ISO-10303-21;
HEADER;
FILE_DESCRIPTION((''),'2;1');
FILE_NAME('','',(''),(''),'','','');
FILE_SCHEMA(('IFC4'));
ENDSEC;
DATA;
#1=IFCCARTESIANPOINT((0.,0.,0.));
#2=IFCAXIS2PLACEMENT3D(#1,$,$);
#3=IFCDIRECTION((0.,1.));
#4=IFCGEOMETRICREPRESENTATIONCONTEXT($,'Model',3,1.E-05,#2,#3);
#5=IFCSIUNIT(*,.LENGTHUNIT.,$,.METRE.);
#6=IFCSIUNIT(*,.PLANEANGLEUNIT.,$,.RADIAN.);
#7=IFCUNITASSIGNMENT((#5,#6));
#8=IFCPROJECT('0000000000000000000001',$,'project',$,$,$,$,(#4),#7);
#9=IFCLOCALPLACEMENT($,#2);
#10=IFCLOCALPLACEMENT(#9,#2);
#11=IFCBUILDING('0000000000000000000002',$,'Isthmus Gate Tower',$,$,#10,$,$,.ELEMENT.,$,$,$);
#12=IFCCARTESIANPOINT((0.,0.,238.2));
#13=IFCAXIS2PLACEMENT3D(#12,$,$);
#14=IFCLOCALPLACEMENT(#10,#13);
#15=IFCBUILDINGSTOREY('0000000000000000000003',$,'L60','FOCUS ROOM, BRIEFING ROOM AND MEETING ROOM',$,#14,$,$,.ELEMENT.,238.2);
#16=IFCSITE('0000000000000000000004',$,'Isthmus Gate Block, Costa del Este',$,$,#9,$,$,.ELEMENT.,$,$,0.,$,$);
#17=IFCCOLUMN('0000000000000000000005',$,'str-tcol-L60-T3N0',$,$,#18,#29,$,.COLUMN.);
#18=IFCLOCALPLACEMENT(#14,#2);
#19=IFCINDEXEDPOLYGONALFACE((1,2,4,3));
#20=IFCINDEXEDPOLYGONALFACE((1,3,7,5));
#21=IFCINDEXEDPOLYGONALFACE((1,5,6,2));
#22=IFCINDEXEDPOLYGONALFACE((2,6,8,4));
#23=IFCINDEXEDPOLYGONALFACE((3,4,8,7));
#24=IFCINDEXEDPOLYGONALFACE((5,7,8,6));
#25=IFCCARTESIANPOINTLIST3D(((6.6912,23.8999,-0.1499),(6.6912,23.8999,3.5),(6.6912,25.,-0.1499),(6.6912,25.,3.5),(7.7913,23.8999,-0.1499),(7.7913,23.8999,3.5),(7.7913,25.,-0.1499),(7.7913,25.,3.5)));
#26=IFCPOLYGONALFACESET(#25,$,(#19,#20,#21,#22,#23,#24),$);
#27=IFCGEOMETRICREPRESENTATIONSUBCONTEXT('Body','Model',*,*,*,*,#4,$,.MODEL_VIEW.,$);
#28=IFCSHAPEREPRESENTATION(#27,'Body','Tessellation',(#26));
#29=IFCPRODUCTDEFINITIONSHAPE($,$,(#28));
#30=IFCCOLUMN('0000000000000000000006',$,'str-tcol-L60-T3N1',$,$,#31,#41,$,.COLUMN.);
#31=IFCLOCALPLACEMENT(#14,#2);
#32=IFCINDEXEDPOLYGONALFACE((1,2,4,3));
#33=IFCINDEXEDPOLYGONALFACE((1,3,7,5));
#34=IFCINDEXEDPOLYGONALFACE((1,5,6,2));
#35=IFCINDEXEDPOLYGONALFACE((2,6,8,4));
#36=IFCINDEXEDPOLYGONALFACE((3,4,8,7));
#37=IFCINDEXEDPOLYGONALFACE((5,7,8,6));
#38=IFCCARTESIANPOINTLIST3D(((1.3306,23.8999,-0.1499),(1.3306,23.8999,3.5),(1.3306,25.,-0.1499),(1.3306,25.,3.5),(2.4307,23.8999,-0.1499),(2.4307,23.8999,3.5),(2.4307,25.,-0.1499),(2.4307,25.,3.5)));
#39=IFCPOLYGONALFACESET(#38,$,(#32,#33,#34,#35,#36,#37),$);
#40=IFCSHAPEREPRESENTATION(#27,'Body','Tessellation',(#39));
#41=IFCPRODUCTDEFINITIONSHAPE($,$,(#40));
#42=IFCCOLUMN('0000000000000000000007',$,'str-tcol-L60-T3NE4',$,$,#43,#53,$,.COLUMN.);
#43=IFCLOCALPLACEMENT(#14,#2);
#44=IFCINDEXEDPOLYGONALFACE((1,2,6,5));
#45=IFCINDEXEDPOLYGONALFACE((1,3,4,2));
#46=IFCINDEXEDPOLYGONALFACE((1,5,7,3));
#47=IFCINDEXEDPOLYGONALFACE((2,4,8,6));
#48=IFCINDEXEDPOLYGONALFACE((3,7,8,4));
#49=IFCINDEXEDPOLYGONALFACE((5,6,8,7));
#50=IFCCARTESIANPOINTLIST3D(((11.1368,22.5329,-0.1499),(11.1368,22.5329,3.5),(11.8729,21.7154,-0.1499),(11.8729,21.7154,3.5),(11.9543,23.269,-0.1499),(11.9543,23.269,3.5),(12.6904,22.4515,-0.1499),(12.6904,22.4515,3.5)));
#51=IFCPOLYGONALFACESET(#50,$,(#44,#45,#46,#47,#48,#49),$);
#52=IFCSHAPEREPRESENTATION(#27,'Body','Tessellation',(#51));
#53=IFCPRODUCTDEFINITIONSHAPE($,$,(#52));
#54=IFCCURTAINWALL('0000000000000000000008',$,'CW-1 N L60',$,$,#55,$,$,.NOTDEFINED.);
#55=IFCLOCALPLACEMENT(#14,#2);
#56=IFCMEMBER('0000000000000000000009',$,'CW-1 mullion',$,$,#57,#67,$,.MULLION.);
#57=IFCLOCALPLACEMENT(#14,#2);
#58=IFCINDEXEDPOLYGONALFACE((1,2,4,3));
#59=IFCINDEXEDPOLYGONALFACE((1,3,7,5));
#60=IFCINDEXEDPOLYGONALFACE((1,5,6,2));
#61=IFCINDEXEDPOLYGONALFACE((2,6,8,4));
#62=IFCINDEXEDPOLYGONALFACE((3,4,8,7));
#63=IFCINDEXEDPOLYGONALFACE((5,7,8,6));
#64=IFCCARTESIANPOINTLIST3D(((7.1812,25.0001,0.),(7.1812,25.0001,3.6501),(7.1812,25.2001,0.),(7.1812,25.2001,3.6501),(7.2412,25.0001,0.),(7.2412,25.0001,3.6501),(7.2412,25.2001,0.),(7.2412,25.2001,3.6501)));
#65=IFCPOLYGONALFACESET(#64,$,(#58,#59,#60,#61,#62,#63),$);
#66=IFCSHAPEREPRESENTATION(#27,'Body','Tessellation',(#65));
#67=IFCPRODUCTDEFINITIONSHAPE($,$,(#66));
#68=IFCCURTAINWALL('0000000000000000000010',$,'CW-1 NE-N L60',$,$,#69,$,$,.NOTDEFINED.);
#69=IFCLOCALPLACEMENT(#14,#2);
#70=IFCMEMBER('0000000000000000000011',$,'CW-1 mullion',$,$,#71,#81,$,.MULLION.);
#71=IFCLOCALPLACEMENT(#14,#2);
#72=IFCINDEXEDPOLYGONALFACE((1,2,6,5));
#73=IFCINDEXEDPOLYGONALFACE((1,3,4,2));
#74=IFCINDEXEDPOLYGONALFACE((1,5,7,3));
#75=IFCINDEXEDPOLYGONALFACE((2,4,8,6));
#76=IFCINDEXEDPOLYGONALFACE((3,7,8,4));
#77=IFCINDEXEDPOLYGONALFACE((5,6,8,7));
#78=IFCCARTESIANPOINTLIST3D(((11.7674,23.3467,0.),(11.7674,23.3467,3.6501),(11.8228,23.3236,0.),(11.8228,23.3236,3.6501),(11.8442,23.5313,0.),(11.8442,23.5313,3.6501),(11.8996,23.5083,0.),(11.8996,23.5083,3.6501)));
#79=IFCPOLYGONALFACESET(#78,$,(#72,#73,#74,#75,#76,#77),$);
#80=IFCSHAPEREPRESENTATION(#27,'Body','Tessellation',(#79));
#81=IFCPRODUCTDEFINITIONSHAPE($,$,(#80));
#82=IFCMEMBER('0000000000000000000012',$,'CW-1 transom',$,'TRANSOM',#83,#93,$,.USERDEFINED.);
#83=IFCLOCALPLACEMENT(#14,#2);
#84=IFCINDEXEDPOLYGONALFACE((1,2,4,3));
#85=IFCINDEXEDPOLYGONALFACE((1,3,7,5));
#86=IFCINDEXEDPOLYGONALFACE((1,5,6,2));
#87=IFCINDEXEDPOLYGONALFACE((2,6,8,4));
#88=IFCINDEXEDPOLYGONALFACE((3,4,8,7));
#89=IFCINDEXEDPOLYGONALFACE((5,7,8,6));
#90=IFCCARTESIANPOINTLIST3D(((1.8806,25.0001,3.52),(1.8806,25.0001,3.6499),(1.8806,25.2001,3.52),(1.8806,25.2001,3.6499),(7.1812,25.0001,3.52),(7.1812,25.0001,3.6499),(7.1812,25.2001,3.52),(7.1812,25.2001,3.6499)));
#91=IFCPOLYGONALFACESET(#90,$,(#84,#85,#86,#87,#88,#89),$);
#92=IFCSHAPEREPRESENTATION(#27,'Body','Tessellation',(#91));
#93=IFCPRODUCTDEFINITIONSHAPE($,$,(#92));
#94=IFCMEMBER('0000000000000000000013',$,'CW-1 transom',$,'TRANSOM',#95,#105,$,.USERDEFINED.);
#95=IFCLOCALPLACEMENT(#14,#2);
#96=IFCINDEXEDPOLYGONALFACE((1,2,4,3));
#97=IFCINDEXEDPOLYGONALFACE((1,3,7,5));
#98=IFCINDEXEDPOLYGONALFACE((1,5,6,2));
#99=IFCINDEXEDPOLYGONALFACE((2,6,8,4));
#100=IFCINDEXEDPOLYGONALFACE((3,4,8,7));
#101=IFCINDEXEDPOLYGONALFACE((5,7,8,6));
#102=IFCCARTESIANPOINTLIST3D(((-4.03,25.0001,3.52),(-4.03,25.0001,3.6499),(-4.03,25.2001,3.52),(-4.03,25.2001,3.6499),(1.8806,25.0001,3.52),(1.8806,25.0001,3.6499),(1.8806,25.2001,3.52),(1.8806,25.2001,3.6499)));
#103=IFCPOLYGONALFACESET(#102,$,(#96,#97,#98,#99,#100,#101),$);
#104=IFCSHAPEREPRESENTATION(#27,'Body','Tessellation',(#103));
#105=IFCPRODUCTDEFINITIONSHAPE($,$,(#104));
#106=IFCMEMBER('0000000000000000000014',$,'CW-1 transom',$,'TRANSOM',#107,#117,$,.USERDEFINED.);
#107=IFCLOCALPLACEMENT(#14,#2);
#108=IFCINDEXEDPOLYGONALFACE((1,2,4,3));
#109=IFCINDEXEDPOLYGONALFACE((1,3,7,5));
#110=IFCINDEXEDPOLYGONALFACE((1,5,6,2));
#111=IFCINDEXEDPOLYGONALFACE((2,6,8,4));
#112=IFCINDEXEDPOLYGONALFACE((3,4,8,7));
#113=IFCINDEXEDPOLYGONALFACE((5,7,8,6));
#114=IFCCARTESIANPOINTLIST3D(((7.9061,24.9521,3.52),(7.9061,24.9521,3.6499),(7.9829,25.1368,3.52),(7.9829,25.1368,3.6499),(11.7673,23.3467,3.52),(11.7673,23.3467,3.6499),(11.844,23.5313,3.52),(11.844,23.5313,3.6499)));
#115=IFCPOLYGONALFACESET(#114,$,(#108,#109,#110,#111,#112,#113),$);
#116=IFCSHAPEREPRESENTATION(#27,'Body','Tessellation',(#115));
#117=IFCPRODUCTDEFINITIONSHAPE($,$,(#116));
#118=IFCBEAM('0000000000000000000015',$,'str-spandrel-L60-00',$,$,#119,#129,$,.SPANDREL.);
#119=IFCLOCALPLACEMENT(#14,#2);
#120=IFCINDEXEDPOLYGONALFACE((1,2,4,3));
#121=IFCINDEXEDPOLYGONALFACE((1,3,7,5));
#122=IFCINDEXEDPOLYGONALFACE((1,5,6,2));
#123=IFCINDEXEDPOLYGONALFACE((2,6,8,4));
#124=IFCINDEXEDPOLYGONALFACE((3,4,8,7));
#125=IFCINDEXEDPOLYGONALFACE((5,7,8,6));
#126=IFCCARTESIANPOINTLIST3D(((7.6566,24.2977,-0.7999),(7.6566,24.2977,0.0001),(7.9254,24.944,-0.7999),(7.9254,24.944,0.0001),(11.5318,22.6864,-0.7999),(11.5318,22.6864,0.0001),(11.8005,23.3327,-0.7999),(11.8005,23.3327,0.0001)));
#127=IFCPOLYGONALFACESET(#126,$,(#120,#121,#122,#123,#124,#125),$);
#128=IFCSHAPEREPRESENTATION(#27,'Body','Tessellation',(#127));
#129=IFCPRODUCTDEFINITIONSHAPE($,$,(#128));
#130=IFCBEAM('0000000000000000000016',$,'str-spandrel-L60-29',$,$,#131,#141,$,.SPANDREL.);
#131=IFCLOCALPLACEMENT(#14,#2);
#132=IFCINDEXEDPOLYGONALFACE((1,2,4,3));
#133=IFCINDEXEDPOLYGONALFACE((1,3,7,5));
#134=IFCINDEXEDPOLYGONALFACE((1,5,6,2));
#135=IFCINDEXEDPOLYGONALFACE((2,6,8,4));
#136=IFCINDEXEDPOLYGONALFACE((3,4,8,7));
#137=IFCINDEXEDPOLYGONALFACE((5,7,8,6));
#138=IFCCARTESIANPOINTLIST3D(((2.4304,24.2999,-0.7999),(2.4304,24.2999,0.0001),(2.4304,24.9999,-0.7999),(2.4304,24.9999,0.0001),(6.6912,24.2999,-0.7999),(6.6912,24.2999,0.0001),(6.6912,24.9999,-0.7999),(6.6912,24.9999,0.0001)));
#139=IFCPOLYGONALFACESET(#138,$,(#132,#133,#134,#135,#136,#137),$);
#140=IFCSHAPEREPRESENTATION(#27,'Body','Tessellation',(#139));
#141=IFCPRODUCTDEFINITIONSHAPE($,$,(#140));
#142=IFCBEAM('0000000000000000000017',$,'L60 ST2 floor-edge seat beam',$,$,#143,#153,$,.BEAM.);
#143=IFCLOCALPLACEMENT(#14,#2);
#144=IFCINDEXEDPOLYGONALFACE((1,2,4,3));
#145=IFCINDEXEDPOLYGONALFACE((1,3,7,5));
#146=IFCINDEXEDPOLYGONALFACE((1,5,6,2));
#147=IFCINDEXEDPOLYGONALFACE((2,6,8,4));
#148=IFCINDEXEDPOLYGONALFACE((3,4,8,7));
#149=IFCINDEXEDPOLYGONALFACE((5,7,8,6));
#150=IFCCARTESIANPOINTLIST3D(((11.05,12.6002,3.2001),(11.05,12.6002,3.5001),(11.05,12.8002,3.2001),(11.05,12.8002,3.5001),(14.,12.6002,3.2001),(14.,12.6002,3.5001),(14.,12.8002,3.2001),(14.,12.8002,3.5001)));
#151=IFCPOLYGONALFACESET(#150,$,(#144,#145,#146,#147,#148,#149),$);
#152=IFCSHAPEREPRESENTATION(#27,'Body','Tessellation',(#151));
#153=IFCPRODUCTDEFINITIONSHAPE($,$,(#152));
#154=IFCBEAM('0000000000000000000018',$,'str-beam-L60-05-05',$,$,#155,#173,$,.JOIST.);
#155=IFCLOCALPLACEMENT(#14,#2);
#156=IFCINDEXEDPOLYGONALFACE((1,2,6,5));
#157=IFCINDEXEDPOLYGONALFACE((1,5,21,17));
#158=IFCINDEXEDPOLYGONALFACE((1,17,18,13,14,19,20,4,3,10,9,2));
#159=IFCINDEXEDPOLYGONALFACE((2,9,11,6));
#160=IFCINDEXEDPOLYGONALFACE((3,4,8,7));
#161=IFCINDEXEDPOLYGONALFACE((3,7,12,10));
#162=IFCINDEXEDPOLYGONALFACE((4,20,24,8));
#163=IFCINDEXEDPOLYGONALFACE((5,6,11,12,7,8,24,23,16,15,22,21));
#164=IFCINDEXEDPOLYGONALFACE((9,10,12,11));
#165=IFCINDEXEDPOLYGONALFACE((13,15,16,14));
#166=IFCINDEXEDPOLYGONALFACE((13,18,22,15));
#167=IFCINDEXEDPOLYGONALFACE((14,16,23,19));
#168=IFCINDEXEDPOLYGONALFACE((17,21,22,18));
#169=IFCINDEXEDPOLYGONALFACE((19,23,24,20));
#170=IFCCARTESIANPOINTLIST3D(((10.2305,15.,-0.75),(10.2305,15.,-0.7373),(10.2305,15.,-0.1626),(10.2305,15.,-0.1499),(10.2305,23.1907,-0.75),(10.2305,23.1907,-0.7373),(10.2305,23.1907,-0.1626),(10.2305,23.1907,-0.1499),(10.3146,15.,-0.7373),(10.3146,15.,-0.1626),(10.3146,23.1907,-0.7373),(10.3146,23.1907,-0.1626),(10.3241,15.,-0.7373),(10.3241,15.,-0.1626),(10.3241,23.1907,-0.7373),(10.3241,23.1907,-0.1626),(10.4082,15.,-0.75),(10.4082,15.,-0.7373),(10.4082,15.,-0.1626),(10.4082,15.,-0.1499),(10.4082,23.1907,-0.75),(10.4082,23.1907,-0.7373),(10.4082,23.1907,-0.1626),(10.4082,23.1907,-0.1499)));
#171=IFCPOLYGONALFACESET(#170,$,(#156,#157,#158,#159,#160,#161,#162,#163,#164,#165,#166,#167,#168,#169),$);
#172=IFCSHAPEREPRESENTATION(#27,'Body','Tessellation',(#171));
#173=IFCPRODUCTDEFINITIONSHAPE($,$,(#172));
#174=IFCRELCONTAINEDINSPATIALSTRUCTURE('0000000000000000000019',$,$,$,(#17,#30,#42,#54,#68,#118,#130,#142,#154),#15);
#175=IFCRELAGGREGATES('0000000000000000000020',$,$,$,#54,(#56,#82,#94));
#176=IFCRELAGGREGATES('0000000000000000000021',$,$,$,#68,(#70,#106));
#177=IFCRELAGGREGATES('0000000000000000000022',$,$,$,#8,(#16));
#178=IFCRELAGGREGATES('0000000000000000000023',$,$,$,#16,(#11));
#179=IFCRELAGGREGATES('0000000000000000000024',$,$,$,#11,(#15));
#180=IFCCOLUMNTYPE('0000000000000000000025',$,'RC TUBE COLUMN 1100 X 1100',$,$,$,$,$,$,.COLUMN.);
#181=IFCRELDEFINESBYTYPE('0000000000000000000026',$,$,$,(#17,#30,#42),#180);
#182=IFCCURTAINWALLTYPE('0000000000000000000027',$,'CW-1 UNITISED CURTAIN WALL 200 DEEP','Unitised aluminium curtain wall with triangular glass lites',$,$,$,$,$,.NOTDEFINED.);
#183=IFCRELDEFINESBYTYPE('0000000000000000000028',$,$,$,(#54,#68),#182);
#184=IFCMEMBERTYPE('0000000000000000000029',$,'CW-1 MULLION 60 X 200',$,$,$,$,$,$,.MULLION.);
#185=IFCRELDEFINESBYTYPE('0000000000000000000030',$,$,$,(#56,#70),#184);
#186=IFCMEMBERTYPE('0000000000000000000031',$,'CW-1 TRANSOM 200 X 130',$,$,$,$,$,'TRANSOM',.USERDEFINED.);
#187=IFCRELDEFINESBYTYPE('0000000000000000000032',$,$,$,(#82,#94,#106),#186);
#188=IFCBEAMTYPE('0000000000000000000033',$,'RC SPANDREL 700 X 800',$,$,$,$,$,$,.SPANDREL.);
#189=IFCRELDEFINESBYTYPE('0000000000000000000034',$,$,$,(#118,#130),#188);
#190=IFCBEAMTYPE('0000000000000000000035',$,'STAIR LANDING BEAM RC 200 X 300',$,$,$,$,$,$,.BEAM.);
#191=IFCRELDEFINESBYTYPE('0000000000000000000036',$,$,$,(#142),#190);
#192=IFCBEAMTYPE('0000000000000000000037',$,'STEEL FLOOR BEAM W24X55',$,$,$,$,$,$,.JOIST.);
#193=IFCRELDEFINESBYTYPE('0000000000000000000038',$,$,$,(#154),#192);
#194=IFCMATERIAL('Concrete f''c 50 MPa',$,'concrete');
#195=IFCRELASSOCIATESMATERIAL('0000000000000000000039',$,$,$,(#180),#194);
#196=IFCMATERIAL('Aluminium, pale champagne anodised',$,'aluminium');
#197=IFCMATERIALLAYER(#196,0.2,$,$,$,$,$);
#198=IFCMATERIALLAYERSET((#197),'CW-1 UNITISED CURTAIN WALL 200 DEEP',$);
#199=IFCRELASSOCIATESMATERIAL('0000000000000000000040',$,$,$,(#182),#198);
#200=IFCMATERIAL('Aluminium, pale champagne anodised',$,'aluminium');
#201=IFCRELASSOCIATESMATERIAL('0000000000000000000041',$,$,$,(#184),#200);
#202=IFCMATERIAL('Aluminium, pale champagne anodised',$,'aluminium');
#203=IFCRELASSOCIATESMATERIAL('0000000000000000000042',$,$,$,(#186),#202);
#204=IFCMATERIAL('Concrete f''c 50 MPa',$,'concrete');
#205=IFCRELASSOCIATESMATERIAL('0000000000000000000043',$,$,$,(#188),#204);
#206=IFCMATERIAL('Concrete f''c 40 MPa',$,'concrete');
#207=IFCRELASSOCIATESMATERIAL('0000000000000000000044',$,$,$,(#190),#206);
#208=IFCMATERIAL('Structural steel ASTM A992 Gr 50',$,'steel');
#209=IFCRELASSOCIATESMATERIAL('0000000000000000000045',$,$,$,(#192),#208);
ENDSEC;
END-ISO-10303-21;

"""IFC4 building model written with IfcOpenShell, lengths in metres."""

from ifc_helpers import new_model, si_unit, direction, frame, origin, origin_2d, place, context, subcontext, project, spatial, rectangle, i_section, extrude, material, layer, layer_set, material_profile, profile_set, type_object, element, aggregate, save


model = new_model("IFC4")

# Units and contexts
model_context = context("Model", 3, precision=1e-05, world=origin(), true_north=direction((0.0, 1.0)))
body_context = subcontext(model_context, "Body", "Model", "MODEL_VIEW")
ifc_project = project(units=[si_unit("LENGTHUNIT", "METRE"), si_unit("PLANEANGLEUNIT", "RADIAN")], contexts=[model_context])

# Site, building, storey
site_placement = place(None, origin())
site = spatial("IfcSite", under=ifc_project, at=site_placement, Name="Isthmus Gate Block, Costa del Este", CompositionType="ELEMENT", RefElevation=0.0)
building_placement = place(site_placement, origin())
building = spatial("IfcBuilding", under=site, at=building_placement, Name="Isthmus Gate Tower", CompositionType="ELEMENT")
storey_placement = place(building_placement, frame((0.0, 0.0, 238.2)))
storey = spatial("IfcBuildingStorey", under=building, at=storey_placement, Name="L60", Description="FOCUS ROOM, BRIEFING ROOM AND MEETING ROOM", CompositionType="ELEMENT", Elevation=238.2)

# Columns
ifc_material_1 = material(Name="Concrete f'c 50 MPa", Category="concrete")
ifc_material_profile_1 = material_profile(ifc_material_1, rectangle(XDim=1.1001, YDim=1.1001, at=origin_2d()), Name="RC 1100X1100")
ifc_profile_set_1 = profile_set([ifc_material_profile_1], Name="Concrete f'c 50 MPa")
column_type = type_object("IfcColumnType", Name="RC TUBE COLUMN 1100 X 1100", PredefinedType="COLUMN", material=ifc_profile_set_1)
for number, where, z_axis, x_axis, name in (
    (1, (7.2412, 24.45, -0.1499), (0.0, 0.0, 1.0), (-1.0, 0.0, 0.0), "str-tcol-L60-T3N0"),
    (2, (1.8806, 24.45, -0.1499), (0.0, 0.0, 1.0), (-1.0, 0.0, 0.0), "str-tcol-L60-T3N1"),
    (3, (11.9136, 22.4922, -0.1499), (0.0, 0.0, 1.0), (-0.669131, 0.743145, 0.0), "str-tcol-L60-T3NE4"),
):
    element("IfcColumn", number, at=place(storey_placement, frame(where, z_axis=z_axis, x_axis=x_axis)), inside=storey, type_object=column_type, Name=name, PredefinedType="COLUMN", context=body_context, shape_type="SweptSolid", body=[
        extrude(rectangle(XDim=1.1001, YDim=1.1001, at=origin_2d()), origin(), (0.0, 0.0, 1.0), 3.6499),
    ])

# Curtain walls, members
ifc_material_2 = material(Name="Aluminium, pale champagne anodised", Category="aluminium")
ifc_layer_1 = layer(ifc_material_2, 0.2)
ifc_layer_set_1 = layer_set([ifc_layer_1], Name="CW-1 UNITISED CURTAIN WALL 200 DEEP")
curtain_wall_type = type_object("IfcCurtainWallType", Name="CW-1 UNITISED CURTAIN WALL 200 DEEP", Description="Unitised aluminium curtain wall with triangular glass lites", PredefinedType="NOTDEFINED", material=ifc_layer_set_1)
curtain_wall_1_placement = place(storey_placement, origin())
curtain_wall_1 = element("IfcCurtainWall", 4, at=curtain_wall_1_placement, inside=storey, type_object=curtain_wall_type, Name="CW-1 N L60", PredefinedType="NOTDEFINED")
ifc_material_3 = material(Name="Aluminium, pale champagne anodised", Category="aluminium")
ifc_material_profile_2 = material_profile(ifc_material_3, rectangle(XDim=0.0601, YDim=0.2, at=origin_2d()), Name="60x200")
ifc_profile_set_2 = profile_set([ifc_material_profile_2], Name="Aluminium, pale champagne anodised")
member_type_1 = type_object("IfcMemberType", Name="CW-1 MULLION 60 X 200", PredefinedType="MULLION", material=ifc_profile_set_2)
member_1_placement = place(storey_placement, frame((7.2112, 25.1001, 0.0), z_axis=(0.0, 0.0, 1.0), x_axis=(-1.0, 0.0, 0.0)))
member_1 = element("IfcMember", 5, at=member_1_placement, type_object=member_type_1, Name="CW-1 mullion", PredefinedType="MULLION", context=body_context, shape_type="SweptSolid", body=[
    extrude(rectangle(XDim=0.0601, YDim=0.2, at=origin_2d()), origin(), (0.0, 0.0, 1.0), 3.6501),
])
curtain_wall_2_placement = place(storey_placement, origin())
curtain_wall_2 = element("IfcCurtainWall", 6, at=curtain_wall_2_placement, inside=storey, type_object=curtain_wall_type, Name="CW-1 NE-N L60", PredefinedType="NOTDEFINED")
member_2_placement = place(storey_placement, frame((11.8335, 23.4275, 0.0), z_axis=(0.0, 0.0, 1.0), x_axis=(-0.923353, 0.383952, 0.0)))
member_2 = element("IfcMember", 7, at=member_2_placement, type_object=member_type_1, Name="CW-1 mullion", PredefinedType="MULLION", context=body_context, shape_type="SweptSolid", body=[
    extrude(rectangle(XDim=0.0601, YDim=0.2, at=origin_2d()), origin(), (0.0, 0.0, 1.0), 3.6501),
])

# Members
ifc_material_4 = material(Name="Aluminium, pale champagne anodised", Category="aluminium")
ifc_material_profile_3 = material_profile(ifc_material_4, rectangle(XDim=0.2, YDim=0.1299, at=origin_2d()), Name="200x130")
ifc_profile_set_3 = profile_set([ifc_material_profile_3], Name="Aluminium, pale champagne anodised")
member_type_2 = type_object("IfcMemberType", Name="CW-1 TRANSOM 200 X 130", ElementType="TRANSOM", PredefinedType="USERDEFINED", material=ifc_profile_set_3)
member_3_placement = place(storey_placement, frame((7.1812, 25.1001, 3.585), z_axis=(-1.0, 0.0, 0.0), x_axis=(0.0, -1.0, 0.0)))
member_3 = element("IfcMember", 8, at=member_3_placement, type_object=member_type_2, Name="CW-1 transom", ObjectType="TRANSOM", PredefinedType="USERDEFINED", context=body_context, shape_type="SweptSolid", body=[
    extrude(rectangle(XDim=0.2, YDim=0.1299, at=origin_2d()), origin(), (0.0, 0.0, 1.0), 5.3005),
])
member_4_placement = place(storey_placement, frame((1.8806, 25.1001, 3.585), z_axis=(-1.0, 0.0, 0.0), x_axis=(0.0, -1.0, 0.0)))
member_4 = element("IfcMember", 9, at=member_4_placement, type_object=member_type_2, Name="CW-1 transom", ObjectType="TRANSOM", PredefinedType="USERDEFINED", context=body_context, shape_type="SweptSolid", body=[
    extrude(rectangle(XDim=0.2, YDim=0.1299, at=origin_2d()), origin(), (0.0, 0.0, 1.0), 5.9106),
])
member_5_placement = place(storey_placement, frame((11.8057, 23.439, 3.585), z_axis=(-0.923358, 0.38394, 0.0), x_axis=(-0.38394, -0.923358, 0.0)))
member_5 = element("IfcMember", 10, at=member_5_placement, type_object=member_type_2, Name="CW-1 transom", ObjectType="TRANSOM", PredefinedType="USERDEFINED", context=body_context, shape_type="SweptSolid", body=[
    extrude(rectangle(XDim=0.2, YDim=0.1299, at=origin_2d()), origin(), (0.0, 0.0, 1.0), 4.1816),
])

# Beams
ifc_material_5 = material(Name="Concrete f'c 50 MPa", Category="concrete")
ifc_material_profile_4 = material_profile(ifc_material_5, rectangle(XDim=0.7, YDim=0.8, at=origin_2d()), Name="RC 700X800")
ifc_profile_set_4 = profile_set([ifc_material_profile_4], Name="Concrete f'c 50 MPa")
beam_type_1 = type_object("IfcBeamType", Name="RC SPANDREL 700 X 800", PredefinedType="SPANDREL", material=ifc_profile_set_4)
beam_1_placement = place(storey_placement, frame((7.791, 24.6208, -0.3999), z_axis=(0.923361, -0.383934, 0.0), x_axis=(0.383934, 0.923361, 0.0)))
element("IfcBeam", 11, at=beam_1_placement, inside=storey, type_object=beam_type_1, Name="str-spandrel-L60-00", PredefinedType="SPANDREL", context=body_context, shape_type="SweptSolid", body=[
    extrude(rectangle(XDim=0.7, YDim=0.8, at=origin_2d()), origin(), (0.0, 0.0, 1.0), 4.1968),
])
beam_2_placement = place(storey_placement, frame((2.4304, 24.6499, -0.3999), z_axis=(1.0, 0.0, 0.0), x_axis=(0.0, 1.0, 0.0)))
element("IfcBeam", 12, at=beam_2_placement, inside=storey, type_object=beam_type_1, Name="str-spandrel-L60-29", PredefinedType="SPANDREL", context=body_context, shape_type="SweptSolid", body=[
    extrude(rectangle(XDim=0.7, YDim=0.8, at=origin_2d()), origin(), (0.0, 0.0, 1.0), 4.2607),
])
ifc_material_6 = material(Name="Concrete f'c 40 MPa", Category="concrete")
ifc_material_profile_5 = material_profile(ifc_material_6, rectangle(XDim=0.2, YDim=0.3, at=origin_2d()), Name="STAIR LANDING BEAM RC 200 X 300")
ifc_profile_set_5 = profile_set([ifc_material_profile_5], Name="Concrete f'c 40 MPa")
beam_type_2 = type_object("IfcBeamType", Name="STAIR LANDING BEAM RC 200 X 300", PredefinedType="BEAM", material=ifc_profile_set_5)
beam_3_placement = place(storey_placement, frame((11.05, 12.7002, 3.3501), z_axis=(1.0, 0.0, 0.0), x_axis=(0.0, 1.0, 0.0)))
element("IfcBeam", 13, at=beam_3_placement, inside=storey, type_object=beam_type_2, Name="L60 ST2 floor-edge seat beam", PredefinedType="BEAM", context=body_context, shape_type="SweptSolid", body=[
    extrude(rectangle(XDim=0.2, YDim=0.3, at=origin_2d()), origin(), (0.0, 0.0, 1.0), 2.95),
])
ifc_material_7 = material(Name="Structural steel ASTM A992 Gr 50", Category="steel")
ifc_material_profile_6 = material_profile(ifc_material_7, i_section(OverallWidth=0.1777, OverallDepth=0.6001, WebThickness=0.0095, FlangeThickness=0.0127, at=origin_2d()), Name="W24X55")
ifc_profile_set_6 = profile_set([ifc_material_profile_6], Name="Structural steel ASTM A992 Gr 50")
beam_type_3 = type_object("IfcBeamType", Name="STEEL FLOOR BEAM W24X55", PredefinedType="JOIST", material=ifc_profile_set_6)
beam_4_placement = place(storey_placement, frame((10.3193, 15.0, -0.45), z_axis=(0.0, 1.0, 0.0), x_axis=(-1.0, 0.0, 0.0)))
element("IfcBeam", 14, at=beam_4_placement, inside=storey, type_object=beam_type_3, Name="str-beam-L60-05-05", PredefinedType="JOIST", context=body_context, shape_type="SweptSolid", body=[
    extrude(i_section(OverallWidth=0.1777, OverallDepth=0.6001, WebThickness=0.0095, FlangeThickness=0.0127, at=origin_2d()), origin(), (0.0, 0.0, 1.0), 8.1907),
])

aggregate(curtain_wall_1, [member_1, member_3, member_4])
aggregate(curtain_wall_2, [member_2, member_5])

save(model, "model.ifc")
